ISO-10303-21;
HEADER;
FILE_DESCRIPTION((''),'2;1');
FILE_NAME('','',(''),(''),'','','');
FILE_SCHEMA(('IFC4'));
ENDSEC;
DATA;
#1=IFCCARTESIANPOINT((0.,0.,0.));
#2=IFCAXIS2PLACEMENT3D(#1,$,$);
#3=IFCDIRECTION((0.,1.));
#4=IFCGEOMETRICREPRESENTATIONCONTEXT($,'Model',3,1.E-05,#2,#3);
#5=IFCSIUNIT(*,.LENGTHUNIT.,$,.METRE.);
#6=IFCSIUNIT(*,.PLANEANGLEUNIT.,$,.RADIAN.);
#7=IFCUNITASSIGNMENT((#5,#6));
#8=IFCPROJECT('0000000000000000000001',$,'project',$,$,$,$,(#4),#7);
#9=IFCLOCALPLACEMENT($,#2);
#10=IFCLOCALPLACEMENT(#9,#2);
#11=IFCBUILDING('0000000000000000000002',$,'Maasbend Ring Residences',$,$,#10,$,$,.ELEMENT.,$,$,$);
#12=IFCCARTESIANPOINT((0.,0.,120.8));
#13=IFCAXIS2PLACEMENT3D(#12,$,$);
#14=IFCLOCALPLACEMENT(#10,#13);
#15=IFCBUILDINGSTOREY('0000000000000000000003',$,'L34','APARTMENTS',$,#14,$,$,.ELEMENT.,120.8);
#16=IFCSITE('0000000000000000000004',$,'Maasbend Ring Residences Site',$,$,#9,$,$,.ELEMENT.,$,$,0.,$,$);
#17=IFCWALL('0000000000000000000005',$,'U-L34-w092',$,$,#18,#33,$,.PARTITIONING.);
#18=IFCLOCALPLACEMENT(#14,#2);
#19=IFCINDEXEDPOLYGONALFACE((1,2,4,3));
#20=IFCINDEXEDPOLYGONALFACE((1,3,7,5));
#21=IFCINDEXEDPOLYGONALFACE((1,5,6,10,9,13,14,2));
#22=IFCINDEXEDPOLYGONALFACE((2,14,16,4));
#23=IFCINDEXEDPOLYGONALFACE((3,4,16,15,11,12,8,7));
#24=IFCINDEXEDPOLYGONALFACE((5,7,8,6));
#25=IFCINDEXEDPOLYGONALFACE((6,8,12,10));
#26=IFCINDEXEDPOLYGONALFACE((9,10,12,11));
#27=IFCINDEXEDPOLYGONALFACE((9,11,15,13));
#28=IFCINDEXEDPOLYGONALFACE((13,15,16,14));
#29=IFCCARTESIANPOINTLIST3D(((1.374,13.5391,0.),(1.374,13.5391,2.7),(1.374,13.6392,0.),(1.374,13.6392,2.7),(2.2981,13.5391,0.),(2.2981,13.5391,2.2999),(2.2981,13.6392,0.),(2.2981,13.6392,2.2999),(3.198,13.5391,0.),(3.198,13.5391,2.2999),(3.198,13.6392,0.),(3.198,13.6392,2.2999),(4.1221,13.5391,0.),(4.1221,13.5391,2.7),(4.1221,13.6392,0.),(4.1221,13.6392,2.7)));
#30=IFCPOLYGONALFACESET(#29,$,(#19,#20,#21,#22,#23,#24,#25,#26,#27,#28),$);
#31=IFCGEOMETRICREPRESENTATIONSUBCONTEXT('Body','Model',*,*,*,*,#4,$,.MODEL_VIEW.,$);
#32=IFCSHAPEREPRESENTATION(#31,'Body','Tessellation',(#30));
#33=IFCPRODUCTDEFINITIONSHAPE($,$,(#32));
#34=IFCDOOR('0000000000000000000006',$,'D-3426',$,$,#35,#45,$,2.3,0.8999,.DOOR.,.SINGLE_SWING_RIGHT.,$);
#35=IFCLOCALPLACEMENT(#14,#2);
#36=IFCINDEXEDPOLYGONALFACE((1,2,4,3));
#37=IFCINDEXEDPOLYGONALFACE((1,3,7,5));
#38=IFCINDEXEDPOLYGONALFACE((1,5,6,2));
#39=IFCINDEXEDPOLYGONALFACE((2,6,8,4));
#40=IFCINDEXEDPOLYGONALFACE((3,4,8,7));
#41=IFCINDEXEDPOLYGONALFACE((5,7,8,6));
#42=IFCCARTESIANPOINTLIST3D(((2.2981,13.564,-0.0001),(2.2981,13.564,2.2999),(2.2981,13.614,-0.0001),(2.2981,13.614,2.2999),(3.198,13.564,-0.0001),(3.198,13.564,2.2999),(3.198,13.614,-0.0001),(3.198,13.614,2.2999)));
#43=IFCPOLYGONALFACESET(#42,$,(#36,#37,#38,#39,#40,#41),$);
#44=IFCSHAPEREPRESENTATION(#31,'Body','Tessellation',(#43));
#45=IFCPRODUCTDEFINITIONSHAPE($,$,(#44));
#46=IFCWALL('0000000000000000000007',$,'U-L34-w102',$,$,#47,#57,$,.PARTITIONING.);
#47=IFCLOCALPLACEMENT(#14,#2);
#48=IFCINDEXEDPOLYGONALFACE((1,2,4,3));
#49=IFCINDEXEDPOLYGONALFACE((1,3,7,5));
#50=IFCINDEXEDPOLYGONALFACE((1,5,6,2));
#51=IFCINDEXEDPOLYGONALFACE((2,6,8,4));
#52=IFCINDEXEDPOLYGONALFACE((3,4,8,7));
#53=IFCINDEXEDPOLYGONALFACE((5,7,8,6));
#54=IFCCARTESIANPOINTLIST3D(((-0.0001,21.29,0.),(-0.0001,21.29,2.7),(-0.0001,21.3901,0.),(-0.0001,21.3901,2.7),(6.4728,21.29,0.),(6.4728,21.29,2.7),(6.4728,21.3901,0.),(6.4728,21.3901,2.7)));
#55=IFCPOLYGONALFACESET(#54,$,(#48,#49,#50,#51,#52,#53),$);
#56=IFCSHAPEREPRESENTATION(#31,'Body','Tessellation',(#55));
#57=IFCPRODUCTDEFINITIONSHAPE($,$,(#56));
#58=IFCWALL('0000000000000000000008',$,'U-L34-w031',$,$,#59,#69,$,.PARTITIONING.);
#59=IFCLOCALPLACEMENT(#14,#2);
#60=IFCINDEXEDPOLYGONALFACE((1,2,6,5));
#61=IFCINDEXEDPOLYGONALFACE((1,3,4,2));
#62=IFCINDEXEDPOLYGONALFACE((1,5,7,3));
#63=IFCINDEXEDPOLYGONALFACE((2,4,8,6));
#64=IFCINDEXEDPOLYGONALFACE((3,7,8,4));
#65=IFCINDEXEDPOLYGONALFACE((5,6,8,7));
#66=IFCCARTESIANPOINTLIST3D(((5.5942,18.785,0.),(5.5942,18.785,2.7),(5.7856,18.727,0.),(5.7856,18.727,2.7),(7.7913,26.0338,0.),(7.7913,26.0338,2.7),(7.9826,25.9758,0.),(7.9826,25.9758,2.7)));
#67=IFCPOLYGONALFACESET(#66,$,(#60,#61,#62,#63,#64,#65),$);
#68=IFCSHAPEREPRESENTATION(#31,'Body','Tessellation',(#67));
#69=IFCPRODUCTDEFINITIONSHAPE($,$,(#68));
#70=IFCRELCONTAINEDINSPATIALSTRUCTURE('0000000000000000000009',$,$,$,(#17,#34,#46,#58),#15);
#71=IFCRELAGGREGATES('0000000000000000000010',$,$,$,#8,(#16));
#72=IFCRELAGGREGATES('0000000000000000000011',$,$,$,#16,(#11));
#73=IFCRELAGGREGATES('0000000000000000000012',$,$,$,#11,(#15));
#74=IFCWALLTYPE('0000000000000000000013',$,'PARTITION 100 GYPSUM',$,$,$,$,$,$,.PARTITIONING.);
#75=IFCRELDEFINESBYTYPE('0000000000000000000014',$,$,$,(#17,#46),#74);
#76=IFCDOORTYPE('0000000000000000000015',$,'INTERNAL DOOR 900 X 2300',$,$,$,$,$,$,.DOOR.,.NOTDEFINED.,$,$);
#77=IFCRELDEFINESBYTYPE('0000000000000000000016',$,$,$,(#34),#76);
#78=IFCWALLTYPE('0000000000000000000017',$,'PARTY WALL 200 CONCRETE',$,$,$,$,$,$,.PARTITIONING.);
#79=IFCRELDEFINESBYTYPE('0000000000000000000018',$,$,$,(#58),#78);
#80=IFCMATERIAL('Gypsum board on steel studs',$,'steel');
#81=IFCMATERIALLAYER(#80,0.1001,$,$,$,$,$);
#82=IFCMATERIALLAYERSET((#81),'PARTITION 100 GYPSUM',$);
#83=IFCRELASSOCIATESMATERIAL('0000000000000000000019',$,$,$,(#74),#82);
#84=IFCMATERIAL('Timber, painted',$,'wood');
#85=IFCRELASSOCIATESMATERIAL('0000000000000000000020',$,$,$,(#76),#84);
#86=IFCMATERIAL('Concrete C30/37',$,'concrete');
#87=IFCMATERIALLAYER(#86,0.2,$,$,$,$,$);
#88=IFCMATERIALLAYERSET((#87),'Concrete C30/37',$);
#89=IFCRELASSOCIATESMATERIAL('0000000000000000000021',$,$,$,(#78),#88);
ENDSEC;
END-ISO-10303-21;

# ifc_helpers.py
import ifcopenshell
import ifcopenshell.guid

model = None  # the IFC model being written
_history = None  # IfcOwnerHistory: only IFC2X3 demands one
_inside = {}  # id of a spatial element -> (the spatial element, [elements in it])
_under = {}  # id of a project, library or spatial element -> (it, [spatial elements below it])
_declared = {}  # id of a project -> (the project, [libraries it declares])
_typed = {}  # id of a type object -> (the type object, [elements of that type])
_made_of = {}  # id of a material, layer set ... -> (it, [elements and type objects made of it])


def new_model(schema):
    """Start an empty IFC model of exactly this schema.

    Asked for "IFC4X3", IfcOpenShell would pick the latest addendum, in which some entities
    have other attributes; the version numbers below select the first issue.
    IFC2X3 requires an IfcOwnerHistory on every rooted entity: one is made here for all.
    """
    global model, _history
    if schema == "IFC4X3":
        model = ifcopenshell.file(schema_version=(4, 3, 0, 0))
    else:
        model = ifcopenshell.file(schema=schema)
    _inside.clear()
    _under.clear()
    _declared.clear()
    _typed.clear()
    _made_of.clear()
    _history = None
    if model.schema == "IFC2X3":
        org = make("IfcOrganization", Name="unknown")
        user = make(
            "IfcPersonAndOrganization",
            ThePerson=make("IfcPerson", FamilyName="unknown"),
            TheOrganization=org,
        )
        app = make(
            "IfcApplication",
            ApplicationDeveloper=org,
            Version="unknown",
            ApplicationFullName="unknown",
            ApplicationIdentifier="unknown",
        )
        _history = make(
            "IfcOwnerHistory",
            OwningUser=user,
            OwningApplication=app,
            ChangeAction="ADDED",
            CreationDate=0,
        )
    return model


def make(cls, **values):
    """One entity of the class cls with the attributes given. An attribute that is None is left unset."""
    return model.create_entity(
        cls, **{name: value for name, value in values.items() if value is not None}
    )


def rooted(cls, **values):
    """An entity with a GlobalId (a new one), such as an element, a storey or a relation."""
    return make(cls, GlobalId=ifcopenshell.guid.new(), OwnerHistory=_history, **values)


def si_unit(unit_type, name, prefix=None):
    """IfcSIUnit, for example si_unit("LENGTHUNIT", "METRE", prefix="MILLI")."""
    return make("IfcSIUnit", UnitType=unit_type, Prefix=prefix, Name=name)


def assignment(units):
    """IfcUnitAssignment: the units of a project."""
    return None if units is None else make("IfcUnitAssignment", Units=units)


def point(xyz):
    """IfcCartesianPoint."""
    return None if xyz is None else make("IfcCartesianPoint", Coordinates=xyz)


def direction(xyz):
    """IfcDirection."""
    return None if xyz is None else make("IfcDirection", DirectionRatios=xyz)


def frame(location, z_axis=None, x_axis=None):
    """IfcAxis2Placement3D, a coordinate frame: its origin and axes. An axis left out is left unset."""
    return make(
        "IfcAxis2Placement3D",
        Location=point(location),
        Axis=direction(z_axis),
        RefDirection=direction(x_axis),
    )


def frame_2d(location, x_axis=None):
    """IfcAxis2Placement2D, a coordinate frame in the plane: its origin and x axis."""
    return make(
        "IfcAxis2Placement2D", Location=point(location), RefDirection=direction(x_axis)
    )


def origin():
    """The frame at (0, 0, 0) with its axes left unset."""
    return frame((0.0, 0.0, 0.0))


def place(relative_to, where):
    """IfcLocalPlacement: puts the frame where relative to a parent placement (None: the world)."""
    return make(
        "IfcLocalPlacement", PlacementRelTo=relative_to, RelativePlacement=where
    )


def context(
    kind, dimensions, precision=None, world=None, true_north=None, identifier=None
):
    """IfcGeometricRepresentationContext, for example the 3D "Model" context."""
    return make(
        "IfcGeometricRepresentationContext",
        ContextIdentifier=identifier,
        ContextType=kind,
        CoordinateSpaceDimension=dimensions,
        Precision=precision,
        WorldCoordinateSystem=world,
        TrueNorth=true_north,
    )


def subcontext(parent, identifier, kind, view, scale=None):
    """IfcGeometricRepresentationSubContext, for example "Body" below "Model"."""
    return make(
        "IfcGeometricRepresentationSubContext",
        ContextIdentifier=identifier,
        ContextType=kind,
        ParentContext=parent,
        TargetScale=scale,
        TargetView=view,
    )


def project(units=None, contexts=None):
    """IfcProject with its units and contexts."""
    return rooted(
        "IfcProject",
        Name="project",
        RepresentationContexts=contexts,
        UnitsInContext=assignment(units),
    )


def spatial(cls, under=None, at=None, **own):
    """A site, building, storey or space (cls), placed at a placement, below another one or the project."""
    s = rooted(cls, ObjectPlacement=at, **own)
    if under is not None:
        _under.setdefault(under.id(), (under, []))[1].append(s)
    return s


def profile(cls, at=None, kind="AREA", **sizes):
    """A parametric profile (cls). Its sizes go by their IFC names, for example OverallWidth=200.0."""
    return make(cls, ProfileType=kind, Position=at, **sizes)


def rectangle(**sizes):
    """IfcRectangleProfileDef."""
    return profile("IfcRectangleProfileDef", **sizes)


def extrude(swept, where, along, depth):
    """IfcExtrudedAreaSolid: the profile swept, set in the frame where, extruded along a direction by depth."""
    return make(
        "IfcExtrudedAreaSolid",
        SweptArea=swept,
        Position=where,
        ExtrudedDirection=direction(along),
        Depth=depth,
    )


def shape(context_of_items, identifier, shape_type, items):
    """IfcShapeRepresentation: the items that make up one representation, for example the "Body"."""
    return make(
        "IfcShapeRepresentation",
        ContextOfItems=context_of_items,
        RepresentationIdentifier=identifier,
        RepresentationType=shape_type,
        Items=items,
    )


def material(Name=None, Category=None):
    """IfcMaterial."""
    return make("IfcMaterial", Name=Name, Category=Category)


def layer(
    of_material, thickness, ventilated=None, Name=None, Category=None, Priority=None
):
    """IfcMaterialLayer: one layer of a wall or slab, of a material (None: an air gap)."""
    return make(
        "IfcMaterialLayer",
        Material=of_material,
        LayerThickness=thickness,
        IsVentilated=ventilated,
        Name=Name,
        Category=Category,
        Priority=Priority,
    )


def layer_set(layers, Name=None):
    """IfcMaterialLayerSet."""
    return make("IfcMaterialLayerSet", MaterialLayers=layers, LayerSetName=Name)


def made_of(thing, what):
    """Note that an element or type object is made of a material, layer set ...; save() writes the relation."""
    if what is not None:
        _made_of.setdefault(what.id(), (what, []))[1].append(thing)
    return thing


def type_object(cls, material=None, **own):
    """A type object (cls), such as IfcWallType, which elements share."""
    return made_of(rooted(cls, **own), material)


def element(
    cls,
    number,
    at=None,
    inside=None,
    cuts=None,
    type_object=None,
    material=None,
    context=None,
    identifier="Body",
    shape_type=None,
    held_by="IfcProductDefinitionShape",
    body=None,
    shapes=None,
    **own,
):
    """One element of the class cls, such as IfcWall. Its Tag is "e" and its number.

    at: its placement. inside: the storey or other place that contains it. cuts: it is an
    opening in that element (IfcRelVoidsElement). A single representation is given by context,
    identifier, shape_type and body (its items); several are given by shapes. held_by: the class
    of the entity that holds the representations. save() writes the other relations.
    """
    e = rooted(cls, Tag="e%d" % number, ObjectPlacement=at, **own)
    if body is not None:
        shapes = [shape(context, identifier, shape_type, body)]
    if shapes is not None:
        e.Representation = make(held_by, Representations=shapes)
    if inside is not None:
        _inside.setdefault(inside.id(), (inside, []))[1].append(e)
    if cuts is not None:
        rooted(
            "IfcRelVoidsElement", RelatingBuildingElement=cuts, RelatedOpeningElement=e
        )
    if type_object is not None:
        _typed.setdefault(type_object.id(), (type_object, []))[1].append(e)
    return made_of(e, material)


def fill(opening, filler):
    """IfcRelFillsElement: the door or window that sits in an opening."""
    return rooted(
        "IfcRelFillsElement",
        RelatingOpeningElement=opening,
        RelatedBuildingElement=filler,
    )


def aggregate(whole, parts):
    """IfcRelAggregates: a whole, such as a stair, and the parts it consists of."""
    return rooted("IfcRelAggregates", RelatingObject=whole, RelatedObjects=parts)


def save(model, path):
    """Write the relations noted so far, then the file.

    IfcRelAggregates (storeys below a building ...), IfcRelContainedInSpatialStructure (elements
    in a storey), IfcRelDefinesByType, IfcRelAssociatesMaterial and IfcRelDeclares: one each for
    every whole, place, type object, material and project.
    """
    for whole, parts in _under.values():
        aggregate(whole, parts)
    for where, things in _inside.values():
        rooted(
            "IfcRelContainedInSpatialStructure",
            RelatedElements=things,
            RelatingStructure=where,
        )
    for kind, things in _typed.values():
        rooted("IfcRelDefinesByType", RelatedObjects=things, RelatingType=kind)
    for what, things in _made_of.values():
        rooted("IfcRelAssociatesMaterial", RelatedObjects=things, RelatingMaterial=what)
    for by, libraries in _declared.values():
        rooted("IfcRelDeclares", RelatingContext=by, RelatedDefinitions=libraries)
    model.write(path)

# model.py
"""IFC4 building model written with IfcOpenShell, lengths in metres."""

from ifc_helpers import new_model, si_unit, direction, frame, frame_2d, origin, place, context, subcontext, project, spatial, rectangle, extrude, material, layer, layer_set, type_object, element, fill, save


model = new_model("IFC4")

# Units and contexts
model_context = context("Model", 3, precision=1e-05, world=origin(), true_north=direction((0.0, 1.0)))
body_context = subcontext(model_context, "Body", "Model", "MODEL_VIEW")
ifc_project = project(units=[si_unit("LENGTHUNIT", "METRE"), si_unit("PLANEANGLEUNIT", "RADIAN")], contexts=[model_context])

# Site, building, storey
site_placement = place(None, origin())
site = spatial("IfcSite", under=ifc_project, at=site_placement, Name="Maasbend Ring Residences Site", CompositionType="ELEMENT", RefElevation=0.0)
building_placement = place(site_placement, origin())
building = spatial("IfcBuilding", under=site, at=building_placement, Name="Maasbend Ring Residences", CompositionType="ELEMENT")
storey_placement = place(building_placement, frame((0.0, 0.0, 120.8)))
storey = spatial("IfcBuildingStorey", under=building, at=storey_placement, Name="L34", Description="APARTMENTS", CompositionType="ELEMENT", Elevation=120.8)

# Shared definitions
ifc_material_1 = material(Name="Gypsum board on steel studs", Category="steel")
ifc_layer_1 = layer(ifc_material_1, 0.1001)
ifc_layer_set_1 = layer_set([ifc_layer_1], Name="PARTITION 100 GYPSUM")
wall_type_1 = type_object("IfcWallType", Name="PARTITION 100 GYPSUM", PredefinedType="PARTITIONING", material=ifc_layer_set_1)
ifc_material_2 = material(Name="Timber, painted", Category="wood")
door_type_1 = type_object("IfcDoorType", Name="INTERNAL DOOR 900 X 2300", OperationType="NOTDEFINED", PredefinedType="DOOR", material=ifc_material_2)

# Wall, opening, door
wall_1_placement = place(storey_placement, frame((1.374, 13.5891, 0.0), z_axis=(0.0, 0.0, 1.0), x_axis=(1.0, 0.0, 0.0)))
wall_1 = element("IfcWall", 1, at=wall_1_placement, inside=storey, type_object=wall_type_1, Name="U-L34-w092", PredefinedType="PARTITIONING", context=body_context, shape_type="SweptSolid", body=[
    extrude(rectangle(XDim=2.748, YDim=0.1001, at=frame_2d((1.374, 0.0))), origin(), (0.0, 0.0, 1.0), 2.7),
])
opening_1_placement = place(wall_1_placement, frame((0.9241, 0.0, 0.0)))
opening_1 = element("IfcOpeningElement", 2, at=opening_1_placement, cuts=wall_1, PredefinedType="OPENING", context=body_context, shape_type="SweptSolid", body=[
    extrude(rectangle(XDim=0.8999, YDim=2.3, at=frame_2d((0.45, 1.1499))), frame((0.0, 0.0601, 0.0), z_axis=(0.0, -1.0, 0.0), x_axis=(1.0, 0.0, 0.0)), (0.0, 0.0, 1.0), 0.1201),
])
door_1_placement = place(opening_1_placement, origin())
door_1 = element("IfcDoor", 3, at=door_1_placement, inside=storey, type_object=door_type_1, Name="D-3426", OperationType="SINGLE_SWING_RIGHT", OverallHeight=2.3, OverallWidth=0.8999, PredefinedType="DOOR", context=body_context, shape_type="SweptSolid", body=[
    extrude(rectangle(XDim=0.8999, YDim=2.3, at=frame_2d((0.45, 1.1499))), frame((0.0, 0.0249, 0.0), z_axis=(0.0, -1.0, 0.0), x_axis=(1.0, 0.0, 0.0)), (0.0, 0.0, 1.0), 0.05),
])
fill(opening_1, door_1)

# Walls
wall_2_placement = place(storey_placement, frame((0.0, 21.3401, 0.0), z_axis=(0.0, 0.0, 1.0), x_axis=(1.0, 0.0, 0.0)))
element("IfcWall", 4, at=wall_2_placement, inside=storey, type_object=wall_type_1, Name="U-L34-w102", PredefinedType="PARTITIONING", context=body_context, shape_type="SweptSolid", body=[
    extrude(rectangle(XDim=6.4729, YDim=0.1001, at=frame_2d((3.2363, 0.0))), origin(), (0.0, 0.0, 1.0), 2.7),
])
ifc_material_3 = material(Name="Concrete C30/37", Category="concrete")
ifc_layer_2 = layer(ifc_material_3, 0.2)
ifc_layer_set_2 = layer_set([ifc_layer_2], Name="Concrete C30/37")
wall_type_2 = type_object("IfcWallType", Name="PARTY WALL 200 CONCRETE", PredefinedType="PARTITIONING", material=ifc_layer_set_2)
wall_3_placement = place(storey_placement, frame((5.6899, 18.7561, 0.0), z_axis=(0.0, 0.0, 1.0), x_axis=(0.290058, 0.957009, 0.0)))
element("IfcWall", 5, at=wall_3_placement, inside=storey, type_object=wall_type_2, Name="U-L34-w031", PredefinedType="PARTITIONING", context=body_context, shape_type="SweptSolid", body=[
    extrude(rectangle(XDim=7.5745, YDim=0.2, at=frame_2d((3.7871, 0.0))), origin(), (0.0, 0.0, 1.0), 2.7),
])

save(model, "model.ifc")
